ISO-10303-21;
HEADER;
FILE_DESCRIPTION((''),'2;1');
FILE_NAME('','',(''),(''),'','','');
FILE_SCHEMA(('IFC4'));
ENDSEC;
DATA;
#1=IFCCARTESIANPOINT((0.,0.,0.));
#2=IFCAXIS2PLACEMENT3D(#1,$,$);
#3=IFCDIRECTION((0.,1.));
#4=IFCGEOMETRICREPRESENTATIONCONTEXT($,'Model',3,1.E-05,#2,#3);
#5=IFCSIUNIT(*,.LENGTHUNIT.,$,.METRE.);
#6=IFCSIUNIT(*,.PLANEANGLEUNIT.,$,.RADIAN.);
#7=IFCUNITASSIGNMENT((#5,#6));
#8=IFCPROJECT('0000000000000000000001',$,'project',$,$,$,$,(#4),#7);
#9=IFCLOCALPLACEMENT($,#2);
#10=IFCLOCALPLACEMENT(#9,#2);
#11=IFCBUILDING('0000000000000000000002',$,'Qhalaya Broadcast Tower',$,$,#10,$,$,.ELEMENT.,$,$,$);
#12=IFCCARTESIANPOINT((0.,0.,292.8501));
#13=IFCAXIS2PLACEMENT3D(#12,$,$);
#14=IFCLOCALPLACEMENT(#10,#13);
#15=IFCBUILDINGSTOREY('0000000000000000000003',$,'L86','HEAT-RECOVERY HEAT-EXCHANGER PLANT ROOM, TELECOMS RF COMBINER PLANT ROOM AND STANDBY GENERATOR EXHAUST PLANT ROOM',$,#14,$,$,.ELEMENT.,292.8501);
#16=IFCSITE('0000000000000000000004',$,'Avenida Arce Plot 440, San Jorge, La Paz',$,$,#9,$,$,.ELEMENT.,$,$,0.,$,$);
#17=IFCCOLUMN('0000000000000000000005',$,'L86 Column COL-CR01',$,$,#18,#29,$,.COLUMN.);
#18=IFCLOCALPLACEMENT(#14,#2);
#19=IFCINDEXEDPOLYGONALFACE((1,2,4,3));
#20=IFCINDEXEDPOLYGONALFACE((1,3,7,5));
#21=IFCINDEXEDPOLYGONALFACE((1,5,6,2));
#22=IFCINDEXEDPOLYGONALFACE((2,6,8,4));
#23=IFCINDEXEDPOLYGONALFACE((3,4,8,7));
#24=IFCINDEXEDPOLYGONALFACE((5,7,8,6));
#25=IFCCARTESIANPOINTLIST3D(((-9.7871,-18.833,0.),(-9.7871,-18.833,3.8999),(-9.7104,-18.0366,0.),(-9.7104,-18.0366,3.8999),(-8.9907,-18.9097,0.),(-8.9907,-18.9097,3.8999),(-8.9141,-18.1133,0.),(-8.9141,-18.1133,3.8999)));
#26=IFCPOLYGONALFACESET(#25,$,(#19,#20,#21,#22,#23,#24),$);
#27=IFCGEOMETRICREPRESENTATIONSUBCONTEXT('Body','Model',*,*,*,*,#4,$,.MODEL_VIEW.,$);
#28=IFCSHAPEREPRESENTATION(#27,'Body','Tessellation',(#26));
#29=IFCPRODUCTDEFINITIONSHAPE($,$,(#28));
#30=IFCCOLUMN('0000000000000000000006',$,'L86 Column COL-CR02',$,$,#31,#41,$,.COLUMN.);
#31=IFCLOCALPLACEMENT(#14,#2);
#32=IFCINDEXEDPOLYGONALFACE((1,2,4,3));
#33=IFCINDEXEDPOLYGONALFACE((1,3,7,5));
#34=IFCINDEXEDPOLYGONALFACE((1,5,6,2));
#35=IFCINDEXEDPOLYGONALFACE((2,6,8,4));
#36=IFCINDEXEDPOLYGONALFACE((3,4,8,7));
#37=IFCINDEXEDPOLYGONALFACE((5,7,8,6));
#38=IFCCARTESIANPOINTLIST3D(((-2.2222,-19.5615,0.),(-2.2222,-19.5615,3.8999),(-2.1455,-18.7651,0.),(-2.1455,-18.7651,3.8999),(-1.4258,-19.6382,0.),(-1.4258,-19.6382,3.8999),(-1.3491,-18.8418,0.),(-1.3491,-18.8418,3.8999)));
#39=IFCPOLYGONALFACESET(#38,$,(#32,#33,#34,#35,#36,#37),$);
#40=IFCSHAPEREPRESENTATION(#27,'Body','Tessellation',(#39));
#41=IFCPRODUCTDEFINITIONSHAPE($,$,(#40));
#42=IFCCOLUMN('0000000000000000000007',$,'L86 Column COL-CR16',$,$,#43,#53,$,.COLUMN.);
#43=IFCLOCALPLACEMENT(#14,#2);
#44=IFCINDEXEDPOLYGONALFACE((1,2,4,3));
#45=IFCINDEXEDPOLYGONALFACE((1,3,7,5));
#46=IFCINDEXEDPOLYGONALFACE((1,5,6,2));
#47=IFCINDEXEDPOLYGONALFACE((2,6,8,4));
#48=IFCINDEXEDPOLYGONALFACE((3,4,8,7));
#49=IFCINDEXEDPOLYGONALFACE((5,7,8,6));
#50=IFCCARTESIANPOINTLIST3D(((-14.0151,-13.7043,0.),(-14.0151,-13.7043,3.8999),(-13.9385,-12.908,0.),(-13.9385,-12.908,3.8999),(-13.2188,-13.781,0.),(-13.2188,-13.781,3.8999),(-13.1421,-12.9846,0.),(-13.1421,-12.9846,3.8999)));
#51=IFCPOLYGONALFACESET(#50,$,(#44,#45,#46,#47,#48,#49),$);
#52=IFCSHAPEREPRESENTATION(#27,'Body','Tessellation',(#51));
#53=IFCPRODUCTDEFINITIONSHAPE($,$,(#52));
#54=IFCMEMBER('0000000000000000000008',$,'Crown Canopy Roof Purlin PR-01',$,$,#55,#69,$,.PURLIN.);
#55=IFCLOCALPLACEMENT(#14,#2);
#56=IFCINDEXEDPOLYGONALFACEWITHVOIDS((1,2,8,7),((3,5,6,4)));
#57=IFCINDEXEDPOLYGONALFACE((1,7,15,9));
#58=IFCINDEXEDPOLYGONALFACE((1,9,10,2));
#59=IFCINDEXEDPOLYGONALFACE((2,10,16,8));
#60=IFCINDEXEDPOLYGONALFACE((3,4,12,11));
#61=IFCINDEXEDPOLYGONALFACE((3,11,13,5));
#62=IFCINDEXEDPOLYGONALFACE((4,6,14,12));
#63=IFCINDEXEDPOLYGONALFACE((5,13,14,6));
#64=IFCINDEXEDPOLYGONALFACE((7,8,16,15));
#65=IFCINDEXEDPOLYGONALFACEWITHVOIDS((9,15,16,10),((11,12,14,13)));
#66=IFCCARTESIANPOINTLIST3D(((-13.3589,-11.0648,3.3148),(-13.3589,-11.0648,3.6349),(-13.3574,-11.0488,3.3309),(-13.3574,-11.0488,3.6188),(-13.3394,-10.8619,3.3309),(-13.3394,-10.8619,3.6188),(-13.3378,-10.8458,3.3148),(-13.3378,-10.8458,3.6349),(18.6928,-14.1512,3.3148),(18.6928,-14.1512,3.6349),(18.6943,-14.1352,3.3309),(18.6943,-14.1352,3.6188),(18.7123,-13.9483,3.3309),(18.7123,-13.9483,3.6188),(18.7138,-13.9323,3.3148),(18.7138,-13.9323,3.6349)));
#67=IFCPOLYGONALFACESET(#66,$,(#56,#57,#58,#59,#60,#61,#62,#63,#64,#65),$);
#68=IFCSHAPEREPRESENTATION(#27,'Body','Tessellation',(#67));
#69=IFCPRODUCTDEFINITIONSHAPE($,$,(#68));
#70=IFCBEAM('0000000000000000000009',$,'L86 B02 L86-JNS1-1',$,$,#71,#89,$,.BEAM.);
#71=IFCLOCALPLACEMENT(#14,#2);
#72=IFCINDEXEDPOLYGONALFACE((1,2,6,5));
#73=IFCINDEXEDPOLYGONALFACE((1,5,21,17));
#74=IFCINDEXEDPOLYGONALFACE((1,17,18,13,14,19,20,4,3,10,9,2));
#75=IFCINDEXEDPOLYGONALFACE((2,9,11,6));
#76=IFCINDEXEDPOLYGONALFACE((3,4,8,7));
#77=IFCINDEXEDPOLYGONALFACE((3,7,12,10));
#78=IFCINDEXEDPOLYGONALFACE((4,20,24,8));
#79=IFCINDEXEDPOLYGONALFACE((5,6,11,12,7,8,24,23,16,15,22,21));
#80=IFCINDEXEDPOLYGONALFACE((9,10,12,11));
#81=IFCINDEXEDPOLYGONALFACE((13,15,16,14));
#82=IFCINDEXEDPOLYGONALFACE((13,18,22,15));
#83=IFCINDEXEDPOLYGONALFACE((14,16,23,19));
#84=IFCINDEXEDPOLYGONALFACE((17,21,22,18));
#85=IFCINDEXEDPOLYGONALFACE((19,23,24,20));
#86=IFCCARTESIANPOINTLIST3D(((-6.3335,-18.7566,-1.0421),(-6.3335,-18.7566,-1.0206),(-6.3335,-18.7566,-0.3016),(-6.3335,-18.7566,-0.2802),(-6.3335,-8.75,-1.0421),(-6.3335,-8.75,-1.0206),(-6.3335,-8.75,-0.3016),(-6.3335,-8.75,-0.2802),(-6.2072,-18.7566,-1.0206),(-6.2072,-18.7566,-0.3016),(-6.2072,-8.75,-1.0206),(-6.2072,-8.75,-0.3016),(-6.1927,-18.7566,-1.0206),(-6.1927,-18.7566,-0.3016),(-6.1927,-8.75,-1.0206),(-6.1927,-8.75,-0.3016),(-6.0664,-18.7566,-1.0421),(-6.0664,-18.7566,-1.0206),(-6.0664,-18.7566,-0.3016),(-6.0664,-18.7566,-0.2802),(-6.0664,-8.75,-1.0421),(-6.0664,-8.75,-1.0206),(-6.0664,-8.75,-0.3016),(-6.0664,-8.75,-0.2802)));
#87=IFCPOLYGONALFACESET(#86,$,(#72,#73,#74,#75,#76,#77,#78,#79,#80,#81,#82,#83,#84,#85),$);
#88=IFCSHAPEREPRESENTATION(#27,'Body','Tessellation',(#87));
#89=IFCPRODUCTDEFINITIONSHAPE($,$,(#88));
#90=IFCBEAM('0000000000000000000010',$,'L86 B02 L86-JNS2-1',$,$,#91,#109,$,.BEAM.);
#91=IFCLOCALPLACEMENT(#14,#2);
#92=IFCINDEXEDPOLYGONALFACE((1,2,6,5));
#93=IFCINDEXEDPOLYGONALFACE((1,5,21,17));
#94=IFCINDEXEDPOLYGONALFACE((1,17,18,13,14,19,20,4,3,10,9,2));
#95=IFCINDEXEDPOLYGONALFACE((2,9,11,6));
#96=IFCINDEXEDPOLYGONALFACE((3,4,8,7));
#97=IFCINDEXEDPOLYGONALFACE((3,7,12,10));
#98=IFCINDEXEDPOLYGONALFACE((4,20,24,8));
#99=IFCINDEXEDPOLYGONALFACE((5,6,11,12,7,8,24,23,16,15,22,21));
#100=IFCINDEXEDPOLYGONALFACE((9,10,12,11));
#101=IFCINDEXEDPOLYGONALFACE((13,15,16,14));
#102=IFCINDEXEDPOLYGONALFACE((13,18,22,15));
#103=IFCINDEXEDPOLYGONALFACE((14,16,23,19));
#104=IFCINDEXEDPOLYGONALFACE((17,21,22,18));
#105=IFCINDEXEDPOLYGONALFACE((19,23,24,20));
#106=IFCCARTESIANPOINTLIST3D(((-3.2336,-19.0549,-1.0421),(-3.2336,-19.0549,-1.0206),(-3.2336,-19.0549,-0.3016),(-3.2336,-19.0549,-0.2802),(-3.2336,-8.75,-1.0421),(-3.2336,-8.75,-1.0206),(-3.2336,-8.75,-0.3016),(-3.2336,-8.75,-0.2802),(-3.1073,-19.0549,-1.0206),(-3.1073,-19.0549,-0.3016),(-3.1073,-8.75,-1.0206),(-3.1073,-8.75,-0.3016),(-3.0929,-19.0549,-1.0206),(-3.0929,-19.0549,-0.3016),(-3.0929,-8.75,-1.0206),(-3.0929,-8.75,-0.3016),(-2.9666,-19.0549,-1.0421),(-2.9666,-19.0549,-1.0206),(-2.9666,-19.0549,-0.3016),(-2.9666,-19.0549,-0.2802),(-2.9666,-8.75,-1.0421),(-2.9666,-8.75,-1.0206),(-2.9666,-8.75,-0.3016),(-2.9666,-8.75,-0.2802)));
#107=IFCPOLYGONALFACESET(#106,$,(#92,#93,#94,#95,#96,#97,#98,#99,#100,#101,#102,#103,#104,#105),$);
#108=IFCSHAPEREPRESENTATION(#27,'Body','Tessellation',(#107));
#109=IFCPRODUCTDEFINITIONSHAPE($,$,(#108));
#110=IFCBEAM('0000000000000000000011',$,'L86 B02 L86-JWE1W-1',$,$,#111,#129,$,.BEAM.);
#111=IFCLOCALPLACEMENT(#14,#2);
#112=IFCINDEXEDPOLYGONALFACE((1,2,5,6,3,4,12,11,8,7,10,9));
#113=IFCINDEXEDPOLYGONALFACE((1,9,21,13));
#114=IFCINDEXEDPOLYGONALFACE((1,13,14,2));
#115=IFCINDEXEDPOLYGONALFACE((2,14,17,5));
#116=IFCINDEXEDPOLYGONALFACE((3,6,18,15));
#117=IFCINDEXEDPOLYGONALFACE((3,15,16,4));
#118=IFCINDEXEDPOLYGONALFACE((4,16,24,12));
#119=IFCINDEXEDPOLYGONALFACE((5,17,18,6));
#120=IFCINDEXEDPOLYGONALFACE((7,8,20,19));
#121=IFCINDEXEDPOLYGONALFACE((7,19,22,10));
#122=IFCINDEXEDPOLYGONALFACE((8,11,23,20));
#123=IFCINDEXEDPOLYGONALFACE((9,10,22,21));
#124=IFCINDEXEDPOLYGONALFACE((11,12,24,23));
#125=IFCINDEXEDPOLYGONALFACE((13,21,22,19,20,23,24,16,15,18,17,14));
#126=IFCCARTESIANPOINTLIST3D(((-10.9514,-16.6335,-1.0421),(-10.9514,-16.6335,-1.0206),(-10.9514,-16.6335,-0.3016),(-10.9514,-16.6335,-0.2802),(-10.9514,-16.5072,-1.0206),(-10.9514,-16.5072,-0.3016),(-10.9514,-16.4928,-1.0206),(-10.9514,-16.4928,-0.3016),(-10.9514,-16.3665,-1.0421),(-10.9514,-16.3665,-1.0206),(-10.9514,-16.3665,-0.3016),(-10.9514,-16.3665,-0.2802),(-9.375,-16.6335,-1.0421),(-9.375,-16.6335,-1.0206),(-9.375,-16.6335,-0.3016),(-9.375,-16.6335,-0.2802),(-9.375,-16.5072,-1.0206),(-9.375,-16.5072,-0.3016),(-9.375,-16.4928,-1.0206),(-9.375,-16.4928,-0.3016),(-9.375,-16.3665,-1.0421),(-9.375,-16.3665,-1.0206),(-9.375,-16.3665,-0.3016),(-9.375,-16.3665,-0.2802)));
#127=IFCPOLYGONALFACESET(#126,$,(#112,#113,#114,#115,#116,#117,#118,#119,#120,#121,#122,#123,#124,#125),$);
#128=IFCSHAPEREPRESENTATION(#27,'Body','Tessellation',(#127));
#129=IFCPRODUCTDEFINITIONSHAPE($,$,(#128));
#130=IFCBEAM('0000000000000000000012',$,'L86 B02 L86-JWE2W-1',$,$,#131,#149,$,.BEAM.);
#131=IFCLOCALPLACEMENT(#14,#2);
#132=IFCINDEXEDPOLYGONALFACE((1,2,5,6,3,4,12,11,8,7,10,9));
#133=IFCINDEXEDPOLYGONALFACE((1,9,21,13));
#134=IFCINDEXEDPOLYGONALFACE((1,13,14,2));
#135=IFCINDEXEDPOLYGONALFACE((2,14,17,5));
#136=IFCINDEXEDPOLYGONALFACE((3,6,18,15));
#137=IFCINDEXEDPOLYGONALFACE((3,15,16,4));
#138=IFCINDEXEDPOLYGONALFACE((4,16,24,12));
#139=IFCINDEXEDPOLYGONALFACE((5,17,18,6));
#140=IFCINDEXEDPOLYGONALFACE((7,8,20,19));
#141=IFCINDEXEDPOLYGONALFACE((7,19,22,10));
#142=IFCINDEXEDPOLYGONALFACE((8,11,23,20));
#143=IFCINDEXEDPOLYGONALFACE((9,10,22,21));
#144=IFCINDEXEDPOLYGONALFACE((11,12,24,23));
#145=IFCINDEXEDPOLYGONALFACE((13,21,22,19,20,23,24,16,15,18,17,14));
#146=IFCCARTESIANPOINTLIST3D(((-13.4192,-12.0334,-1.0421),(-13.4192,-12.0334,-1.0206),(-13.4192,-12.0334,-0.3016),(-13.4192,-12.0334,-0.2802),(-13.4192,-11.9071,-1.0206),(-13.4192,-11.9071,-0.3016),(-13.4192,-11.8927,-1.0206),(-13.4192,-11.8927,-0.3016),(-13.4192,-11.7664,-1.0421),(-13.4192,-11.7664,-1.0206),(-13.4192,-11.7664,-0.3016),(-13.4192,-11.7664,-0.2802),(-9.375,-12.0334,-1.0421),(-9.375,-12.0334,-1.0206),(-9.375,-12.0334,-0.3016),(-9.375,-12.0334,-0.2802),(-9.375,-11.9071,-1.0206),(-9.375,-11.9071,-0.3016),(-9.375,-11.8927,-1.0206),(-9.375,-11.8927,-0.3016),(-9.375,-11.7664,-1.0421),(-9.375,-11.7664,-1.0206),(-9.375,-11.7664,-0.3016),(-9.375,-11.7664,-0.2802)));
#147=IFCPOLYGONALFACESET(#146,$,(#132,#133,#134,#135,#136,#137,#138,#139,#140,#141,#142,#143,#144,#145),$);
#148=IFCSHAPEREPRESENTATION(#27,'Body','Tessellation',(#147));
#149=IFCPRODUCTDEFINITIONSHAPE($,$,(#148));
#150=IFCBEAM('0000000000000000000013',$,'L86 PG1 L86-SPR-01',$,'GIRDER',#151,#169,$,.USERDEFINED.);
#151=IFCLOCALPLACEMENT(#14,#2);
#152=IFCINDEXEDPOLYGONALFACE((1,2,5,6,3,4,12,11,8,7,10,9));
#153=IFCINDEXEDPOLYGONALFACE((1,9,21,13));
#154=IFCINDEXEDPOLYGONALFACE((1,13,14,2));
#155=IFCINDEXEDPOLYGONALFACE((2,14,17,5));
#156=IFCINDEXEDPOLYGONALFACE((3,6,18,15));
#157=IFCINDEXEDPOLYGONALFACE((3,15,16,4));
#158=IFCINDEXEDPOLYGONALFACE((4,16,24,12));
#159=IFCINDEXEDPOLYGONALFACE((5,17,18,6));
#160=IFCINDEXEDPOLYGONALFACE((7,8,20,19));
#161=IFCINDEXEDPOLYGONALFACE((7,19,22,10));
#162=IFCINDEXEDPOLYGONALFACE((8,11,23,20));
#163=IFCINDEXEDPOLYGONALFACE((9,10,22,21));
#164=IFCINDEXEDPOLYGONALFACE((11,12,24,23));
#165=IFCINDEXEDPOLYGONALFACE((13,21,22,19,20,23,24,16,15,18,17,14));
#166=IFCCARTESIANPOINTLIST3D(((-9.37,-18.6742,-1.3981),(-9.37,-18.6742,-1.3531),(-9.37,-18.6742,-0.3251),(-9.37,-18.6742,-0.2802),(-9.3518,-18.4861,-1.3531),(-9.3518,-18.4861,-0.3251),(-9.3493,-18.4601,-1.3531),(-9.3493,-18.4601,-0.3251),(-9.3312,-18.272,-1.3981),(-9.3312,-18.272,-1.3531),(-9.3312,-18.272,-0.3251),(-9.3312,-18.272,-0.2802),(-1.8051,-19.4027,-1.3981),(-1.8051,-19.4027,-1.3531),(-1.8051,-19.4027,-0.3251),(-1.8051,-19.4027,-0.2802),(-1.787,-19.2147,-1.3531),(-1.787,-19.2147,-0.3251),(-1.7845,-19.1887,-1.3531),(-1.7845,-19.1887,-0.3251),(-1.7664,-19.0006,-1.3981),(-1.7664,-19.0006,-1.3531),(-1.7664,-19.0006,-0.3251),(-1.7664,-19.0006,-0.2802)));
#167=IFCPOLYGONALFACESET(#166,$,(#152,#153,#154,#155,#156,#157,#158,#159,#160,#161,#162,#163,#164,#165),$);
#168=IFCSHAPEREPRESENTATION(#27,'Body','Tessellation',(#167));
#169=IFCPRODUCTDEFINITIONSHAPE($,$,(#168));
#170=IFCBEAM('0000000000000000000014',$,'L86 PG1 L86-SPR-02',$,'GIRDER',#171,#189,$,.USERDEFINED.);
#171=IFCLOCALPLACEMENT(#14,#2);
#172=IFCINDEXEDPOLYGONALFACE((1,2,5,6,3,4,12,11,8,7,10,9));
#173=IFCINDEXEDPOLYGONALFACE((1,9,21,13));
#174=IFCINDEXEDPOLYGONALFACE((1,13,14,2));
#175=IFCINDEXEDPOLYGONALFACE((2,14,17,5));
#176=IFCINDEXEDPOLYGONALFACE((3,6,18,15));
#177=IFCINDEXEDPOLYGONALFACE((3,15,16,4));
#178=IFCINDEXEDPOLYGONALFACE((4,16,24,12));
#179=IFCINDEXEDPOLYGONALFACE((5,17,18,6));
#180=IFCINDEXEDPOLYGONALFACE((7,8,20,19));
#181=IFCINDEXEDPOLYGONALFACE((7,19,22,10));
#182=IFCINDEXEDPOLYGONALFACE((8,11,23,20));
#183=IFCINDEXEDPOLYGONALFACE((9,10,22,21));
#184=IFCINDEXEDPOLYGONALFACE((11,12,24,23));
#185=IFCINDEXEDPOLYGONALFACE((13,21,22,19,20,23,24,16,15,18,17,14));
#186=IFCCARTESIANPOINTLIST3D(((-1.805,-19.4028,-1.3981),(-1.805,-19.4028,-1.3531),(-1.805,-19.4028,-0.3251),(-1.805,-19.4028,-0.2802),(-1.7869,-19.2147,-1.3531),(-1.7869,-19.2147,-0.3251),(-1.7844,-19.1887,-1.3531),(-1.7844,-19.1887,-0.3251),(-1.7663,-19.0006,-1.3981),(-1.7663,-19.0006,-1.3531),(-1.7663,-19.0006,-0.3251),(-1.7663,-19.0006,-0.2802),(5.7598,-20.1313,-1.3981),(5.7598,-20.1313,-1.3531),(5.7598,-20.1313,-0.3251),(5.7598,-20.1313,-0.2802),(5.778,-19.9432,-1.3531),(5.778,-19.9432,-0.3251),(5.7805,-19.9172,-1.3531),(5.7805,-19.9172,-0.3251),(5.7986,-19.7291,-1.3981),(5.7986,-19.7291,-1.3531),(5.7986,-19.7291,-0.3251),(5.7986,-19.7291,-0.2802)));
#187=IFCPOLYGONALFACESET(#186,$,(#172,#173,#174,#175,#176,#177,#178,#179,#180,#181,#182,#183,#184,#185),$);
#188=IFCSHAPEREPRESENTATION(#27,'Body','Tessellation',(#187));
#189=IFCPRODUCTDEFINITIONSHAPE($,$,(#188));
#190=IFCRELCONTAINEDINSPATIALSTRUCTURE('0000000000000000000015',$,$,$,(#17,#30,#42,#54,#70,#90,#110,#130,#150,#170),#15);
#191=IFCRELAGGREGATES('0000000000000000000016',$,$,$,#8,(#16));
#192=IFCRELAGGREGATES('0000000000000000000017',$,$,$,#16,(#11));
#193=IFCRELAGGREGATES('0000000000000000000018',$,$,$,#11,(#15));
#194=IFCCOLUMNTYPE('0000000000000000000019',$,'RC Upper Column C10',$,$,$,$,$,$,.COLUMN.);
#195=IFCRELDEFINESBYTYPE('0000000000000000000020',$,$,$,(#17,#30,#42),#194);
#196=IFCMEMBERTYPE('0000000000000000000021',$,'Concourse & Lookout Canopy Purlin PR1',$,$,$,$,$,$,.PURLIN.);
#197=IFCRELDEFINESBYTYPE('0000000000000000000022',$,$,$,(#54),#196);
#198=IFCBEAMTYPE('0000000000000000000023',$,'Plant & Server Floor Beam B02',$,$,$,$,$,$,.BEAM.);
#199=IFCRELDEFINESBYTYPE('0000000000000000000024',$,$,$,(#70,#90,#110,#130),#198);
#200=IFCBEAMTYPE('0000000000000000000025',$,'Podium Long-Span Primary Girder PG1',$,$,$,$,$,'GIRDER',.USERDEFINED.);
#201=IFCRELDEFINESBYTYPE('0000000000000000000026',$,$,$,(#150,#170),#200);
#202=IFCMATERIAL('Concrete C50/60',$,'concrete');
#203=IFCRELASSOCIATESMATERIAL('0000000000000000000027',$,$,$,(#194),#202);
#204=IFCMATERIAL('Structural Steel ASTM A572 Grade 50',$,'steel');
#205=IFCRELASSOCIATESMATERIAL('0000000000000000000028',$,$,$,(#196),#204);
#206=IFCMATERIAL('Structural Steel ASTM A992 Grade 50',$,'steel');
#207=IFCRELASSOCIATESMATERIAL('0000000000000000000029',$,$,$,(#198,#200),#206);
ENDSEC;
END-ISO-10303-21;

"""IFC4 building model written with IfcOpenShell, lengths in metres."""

from ifc_helpers import new_model, si_unit, direction, frame, origin, origin_2d, place, context, subcontext, project, spatial, rectangle, hollow_rectangle, i_section, extrude, material, material_profile, profile_set, type_object, element, save


model = new_model("IFC4")

# Units and contexts
model_context = context("Model", 3, precision=1e-05, world=origin(), true_north=direction((0.0, 1.0)))
body_context = subcontext(model_context, "Body", "Model", "MODEL_VIEW")
ifc_project = project(units=[si_unit("LENGTHUNIT", "METRE"), si_unit("PLANEANGLEUNIT", "RADIAN")], contexts=[model_context])

# Site, building, storey
site_placement = place(None, origin())
site = spatial("IfcSite", under=ifc_project, at=site_placement, Name="Avenida Arce Plot 440, San Jorge, La Paz", CompositionType="ELEMENT", RefElevation=0.0)
building_placement = place(site_placement, origin())
building = spatial("IfcBuilding", under=site, at=building_placement, Name="Qhalaya Broadcast Tower", CompositionType="ELEMENT")
storey_placement = place(building_placement, frame((0.0, 0.0, 292.8501)))
storey = spatial("IfcBuildingStorey", under=building, at=storey_placement, Name="L86", Description="HEAT-RECOVERY HEAT-EXCHANGER PLANT ROOM, TELECOMS RF COMBINER PLANT ROOM AND STANDBY GENERATOR EXHAUST PLANT ROOM", CompositionType="ELEMENT", Elevation=292.8501)

# Columns
ifc_material_1 = material(Name="Concrete C50/60", Category="concrete")
ifc_material_profile_1 = material_profile(ifc_material_1, rectangle(XDim=0.8, YDim=0.8, at=origin_2d()), Name="RC-COL 800x800")
ifc_profile_set_1 = profile_set([ifc_material_profile_1], Name="Concrete C50/60")
column_type = type_object("IfcColumnType", Name="RC Upper Column C10", PredefinedType="COLUMN", material=ifc_profile_set_1)
for number, where, z_axis, x_axis, name in (
    (1, (-9.3506, -18.4731, 0.0), (0.0, 0.0, 1.0), (0.995396, -0.095846, 0.0), "L86 Column COL-CR01"),
    (2, (-1.7856, -19.2017, 0.0), (0.0, 0.0, 1.0), (0.995396, -0.095846, 0.0), "L86 Column COL-CR02"),
    (3, (-13.5786, -13.3445, 0.0), (0.0, 0.0, 1.0), (0.095846, 0.995396, 0.0), "L86 Column COL-CR16"),
):
    element("IfcColumn", number, at=place(storey_placement, frame(where, z_axis=z_axis, x_axis=x_axis)), inside=storey, type_object=column_type, Name=name, PredefinedType="COLUMN", context=body_context, shape_type="SweptSolid", body=[
        extrude(rectangle(XDim=0.8, YDim=0.8, at=origin_2d()), origin(), (0.0, 0.0, 1.0), 3.8999),
    ])

# Member
ifc_material_2 = material(Name="Structural Steel ASTM A572 Grade 50", Category="steel")
ifc_material_profile_2 = material_profile(ifc_material_2, hollow_rectangle(XDim=0.22, YDim=0.3201, WallThickness=0.0161, at=origin_2d()), Name="HSS 220x320x16")
ifc_profile_set_2 = profile_set([ifc_material_profile_2], Name="Structural Steel ASTM A572 Grade 50")
member_type = type_object("IfcMemberType", Name="Concourse & Lookout Canopy Purlin PR1", PredefinedType="PURLIN", material=ifc_profile_set_2)
member_placement = place(storey_placement, frame((-13.3484, -10.9553, 3.4749), z_axis=(0.995396, -0.095852, 0.0), x_axis=(0.095852, 0.995396, 0.0)))
element("IfcMember", 4, at=member_placement, inside=storey, type_object=member_type, Name="Crown Canopy Roof Purlin PR-01", PredefinedType="PURLIN", context=body_context, shape_type="SweptSolid", body=[
    extrude(hollow_rectangle(XDim=0.22, YDim=0.3201, WallThickness=0.0161, at=origin_2d()), origin(), (0.0, 0.0, 1.0), 32.2),
])

# Beams
ifc_material_3 = material(Name="Structural Steel ASTM A992 Grade 50", Category="steel")
ifc_material_profile_3 = material_profile(ifc_material_3, i_section(OverallWidth=0.2671, OverallDepth=0.762, WebThickness=0.0144, FlangeThickness=0.0215, at=origin_2d()), Name="W30X116")
ifc_profile_set_3 = profile_set([ifc_material_profile_3], Name="Structural Steel ASTM A992 Grade 50")
beam_type_1 = type_object("IfcBeamType", Name="Plant & Server Floor Beam B02", PredefinedType="BEAM", material=ifc_profile_set_3)
beam_1_placement = place(storey_placement, frame((-6.2, -18.7566, -0.6611), z_axis=(0.0, 1.0, 0.0), x_axis=(-1.0, 0.0, 0.0)))
element("IfcBeam", 5, at=beam_1_placement, inside=storey, type_object=beam_type_1, Name="L86 B02 L86-JNS1-1", PredefinedType="BEAM", context=body_context, shape_type="SweptSolid", body=[
    extrude(i_section(OverallWidth=0.2671, OverallDepth=0.762, WebThickness=0.0144, FlangeThickness=0.0215, at=origin_2d()), origin(), (0.0, 0.0, 1.0), 10.0066),
])
beam_2_placement = place(storey_placement, frame((-3.1001, -19.0549, -0.6611), z_axis=(0.0, 1.0, 0.0), x_axis=(-1.0, 0.0, 0.0)))
element("IfcBeam", 6, at=beam_2_placement, inside=storey, type_object=beam_type_1, Name="L86 B02 L86-JNS2-1", PredefinedType="BEAM", context=body_context, shape_type="SweptSolid", body=[
    extrude(i_section(OverallWidth=0.2671, OverallDepth=0.762, WebThickness=0.0144, FlangeThickness=0.0215, at=origin_2d()), origin(), (0.0, 0.0, 1.0), 10.3049),
])
beam_3_placement = place(storey_placement, frame((-10.9514, -16.5, -0.6611), z_axis=(1.0, 0.0, 0.0), x_axis=(0.0, 1.0, 0.0)))
element("IfcBeam", 7, at=beam_3_placement, inside=storey, type_object=beam_type_1, Name="L86 B02 L86-JWE1W-1", PredefinedType="BEAM", context=body_context, shape_type="SweptSolid", body=[
    extrude(i_section(OverallWidth=0.2671, OverallDepth=0.762, WebThickness=0.0144, FlangeThickness=0.0215, at=origin_2d()), origin(), (0.0, 0.0, 1.0), 1.5764),
])
beam_4_placement = place(storey_placement, frame((-13.4192, -11.8999, -0.6611), z_axis=(1.0, 0.0, 0.0), x_axis=(0.0, 1.0, 0.0)))
element("IfcBeam", 8, at=beam_4_placement, inside=storey, type_object=beam_type_1, Name="L86 B02 L86-JWE2W-1", PredefinedType="BEAM", context=body_context, shape_type="SweptSolid", body=[
    extrude(i_section(OverallWidth=0.2671, OverallDepth=0.762, WebThickness=0.0144, FlangeThickness=0.0215, at=origin_2d()), origin(), (0.0, 0.0, 1.0), 4.0442),
])
ifc_material_profile_4 = material_profile(ifc_material_3, i_section(OverallWidth=0.4041, OverallDepth=1.1179, WebThickness=0.0261, FlangeThickness=0.0449, at=origin_2d()), Name="W44X335")
ifc_profile_set_4 = profile_set([ifc_material_profile_4], Name="Structural Steel ASTM A992 Grade 50")
beam_type_2 = type_object("IfcBeamType", Name="Podium Long-Span Primary Girder PG1", ElementType="GIRDER", PredefinedType="USERDEFINED", material=ifc_profile_set_4)
for number, where, z_axis, x_axis, name in (
    (9, (-9.3506, -18.4731, -0.8391), (0.995395, -0.095858, 0.0), (0.095858, 0.995395, 0.0), "L86 PG1 L86-SPR-01"),
    (10, (-1.7856, -19.2017, -0.8391), (0.995395, -0.095858, 0.0), (0.095858, 0.995395, 0.0), "L86 PG1 L86-SPR-02"),
):
    element("IfcBeam", number, at=place(storey_placement, frame(where, z_axis=z_axis, x_axis=x_axis)), inside=storey, type_object=beam_type_2, Name=name, ObjectType="GIRDER", PredefinedType="USERDEFINED", context=body_context, shape_type="SweptSolid", body=[
        extrude(i_section(OverallWidth=0.4041, OverallDepth=1.1179, WebThickness=0.0261, FlangeThickness=0.0449, at=origin_2d()), origin(), (0.0, 0.0, 1.0), 7.5999),
    ])

save(model, "model.ifc")
